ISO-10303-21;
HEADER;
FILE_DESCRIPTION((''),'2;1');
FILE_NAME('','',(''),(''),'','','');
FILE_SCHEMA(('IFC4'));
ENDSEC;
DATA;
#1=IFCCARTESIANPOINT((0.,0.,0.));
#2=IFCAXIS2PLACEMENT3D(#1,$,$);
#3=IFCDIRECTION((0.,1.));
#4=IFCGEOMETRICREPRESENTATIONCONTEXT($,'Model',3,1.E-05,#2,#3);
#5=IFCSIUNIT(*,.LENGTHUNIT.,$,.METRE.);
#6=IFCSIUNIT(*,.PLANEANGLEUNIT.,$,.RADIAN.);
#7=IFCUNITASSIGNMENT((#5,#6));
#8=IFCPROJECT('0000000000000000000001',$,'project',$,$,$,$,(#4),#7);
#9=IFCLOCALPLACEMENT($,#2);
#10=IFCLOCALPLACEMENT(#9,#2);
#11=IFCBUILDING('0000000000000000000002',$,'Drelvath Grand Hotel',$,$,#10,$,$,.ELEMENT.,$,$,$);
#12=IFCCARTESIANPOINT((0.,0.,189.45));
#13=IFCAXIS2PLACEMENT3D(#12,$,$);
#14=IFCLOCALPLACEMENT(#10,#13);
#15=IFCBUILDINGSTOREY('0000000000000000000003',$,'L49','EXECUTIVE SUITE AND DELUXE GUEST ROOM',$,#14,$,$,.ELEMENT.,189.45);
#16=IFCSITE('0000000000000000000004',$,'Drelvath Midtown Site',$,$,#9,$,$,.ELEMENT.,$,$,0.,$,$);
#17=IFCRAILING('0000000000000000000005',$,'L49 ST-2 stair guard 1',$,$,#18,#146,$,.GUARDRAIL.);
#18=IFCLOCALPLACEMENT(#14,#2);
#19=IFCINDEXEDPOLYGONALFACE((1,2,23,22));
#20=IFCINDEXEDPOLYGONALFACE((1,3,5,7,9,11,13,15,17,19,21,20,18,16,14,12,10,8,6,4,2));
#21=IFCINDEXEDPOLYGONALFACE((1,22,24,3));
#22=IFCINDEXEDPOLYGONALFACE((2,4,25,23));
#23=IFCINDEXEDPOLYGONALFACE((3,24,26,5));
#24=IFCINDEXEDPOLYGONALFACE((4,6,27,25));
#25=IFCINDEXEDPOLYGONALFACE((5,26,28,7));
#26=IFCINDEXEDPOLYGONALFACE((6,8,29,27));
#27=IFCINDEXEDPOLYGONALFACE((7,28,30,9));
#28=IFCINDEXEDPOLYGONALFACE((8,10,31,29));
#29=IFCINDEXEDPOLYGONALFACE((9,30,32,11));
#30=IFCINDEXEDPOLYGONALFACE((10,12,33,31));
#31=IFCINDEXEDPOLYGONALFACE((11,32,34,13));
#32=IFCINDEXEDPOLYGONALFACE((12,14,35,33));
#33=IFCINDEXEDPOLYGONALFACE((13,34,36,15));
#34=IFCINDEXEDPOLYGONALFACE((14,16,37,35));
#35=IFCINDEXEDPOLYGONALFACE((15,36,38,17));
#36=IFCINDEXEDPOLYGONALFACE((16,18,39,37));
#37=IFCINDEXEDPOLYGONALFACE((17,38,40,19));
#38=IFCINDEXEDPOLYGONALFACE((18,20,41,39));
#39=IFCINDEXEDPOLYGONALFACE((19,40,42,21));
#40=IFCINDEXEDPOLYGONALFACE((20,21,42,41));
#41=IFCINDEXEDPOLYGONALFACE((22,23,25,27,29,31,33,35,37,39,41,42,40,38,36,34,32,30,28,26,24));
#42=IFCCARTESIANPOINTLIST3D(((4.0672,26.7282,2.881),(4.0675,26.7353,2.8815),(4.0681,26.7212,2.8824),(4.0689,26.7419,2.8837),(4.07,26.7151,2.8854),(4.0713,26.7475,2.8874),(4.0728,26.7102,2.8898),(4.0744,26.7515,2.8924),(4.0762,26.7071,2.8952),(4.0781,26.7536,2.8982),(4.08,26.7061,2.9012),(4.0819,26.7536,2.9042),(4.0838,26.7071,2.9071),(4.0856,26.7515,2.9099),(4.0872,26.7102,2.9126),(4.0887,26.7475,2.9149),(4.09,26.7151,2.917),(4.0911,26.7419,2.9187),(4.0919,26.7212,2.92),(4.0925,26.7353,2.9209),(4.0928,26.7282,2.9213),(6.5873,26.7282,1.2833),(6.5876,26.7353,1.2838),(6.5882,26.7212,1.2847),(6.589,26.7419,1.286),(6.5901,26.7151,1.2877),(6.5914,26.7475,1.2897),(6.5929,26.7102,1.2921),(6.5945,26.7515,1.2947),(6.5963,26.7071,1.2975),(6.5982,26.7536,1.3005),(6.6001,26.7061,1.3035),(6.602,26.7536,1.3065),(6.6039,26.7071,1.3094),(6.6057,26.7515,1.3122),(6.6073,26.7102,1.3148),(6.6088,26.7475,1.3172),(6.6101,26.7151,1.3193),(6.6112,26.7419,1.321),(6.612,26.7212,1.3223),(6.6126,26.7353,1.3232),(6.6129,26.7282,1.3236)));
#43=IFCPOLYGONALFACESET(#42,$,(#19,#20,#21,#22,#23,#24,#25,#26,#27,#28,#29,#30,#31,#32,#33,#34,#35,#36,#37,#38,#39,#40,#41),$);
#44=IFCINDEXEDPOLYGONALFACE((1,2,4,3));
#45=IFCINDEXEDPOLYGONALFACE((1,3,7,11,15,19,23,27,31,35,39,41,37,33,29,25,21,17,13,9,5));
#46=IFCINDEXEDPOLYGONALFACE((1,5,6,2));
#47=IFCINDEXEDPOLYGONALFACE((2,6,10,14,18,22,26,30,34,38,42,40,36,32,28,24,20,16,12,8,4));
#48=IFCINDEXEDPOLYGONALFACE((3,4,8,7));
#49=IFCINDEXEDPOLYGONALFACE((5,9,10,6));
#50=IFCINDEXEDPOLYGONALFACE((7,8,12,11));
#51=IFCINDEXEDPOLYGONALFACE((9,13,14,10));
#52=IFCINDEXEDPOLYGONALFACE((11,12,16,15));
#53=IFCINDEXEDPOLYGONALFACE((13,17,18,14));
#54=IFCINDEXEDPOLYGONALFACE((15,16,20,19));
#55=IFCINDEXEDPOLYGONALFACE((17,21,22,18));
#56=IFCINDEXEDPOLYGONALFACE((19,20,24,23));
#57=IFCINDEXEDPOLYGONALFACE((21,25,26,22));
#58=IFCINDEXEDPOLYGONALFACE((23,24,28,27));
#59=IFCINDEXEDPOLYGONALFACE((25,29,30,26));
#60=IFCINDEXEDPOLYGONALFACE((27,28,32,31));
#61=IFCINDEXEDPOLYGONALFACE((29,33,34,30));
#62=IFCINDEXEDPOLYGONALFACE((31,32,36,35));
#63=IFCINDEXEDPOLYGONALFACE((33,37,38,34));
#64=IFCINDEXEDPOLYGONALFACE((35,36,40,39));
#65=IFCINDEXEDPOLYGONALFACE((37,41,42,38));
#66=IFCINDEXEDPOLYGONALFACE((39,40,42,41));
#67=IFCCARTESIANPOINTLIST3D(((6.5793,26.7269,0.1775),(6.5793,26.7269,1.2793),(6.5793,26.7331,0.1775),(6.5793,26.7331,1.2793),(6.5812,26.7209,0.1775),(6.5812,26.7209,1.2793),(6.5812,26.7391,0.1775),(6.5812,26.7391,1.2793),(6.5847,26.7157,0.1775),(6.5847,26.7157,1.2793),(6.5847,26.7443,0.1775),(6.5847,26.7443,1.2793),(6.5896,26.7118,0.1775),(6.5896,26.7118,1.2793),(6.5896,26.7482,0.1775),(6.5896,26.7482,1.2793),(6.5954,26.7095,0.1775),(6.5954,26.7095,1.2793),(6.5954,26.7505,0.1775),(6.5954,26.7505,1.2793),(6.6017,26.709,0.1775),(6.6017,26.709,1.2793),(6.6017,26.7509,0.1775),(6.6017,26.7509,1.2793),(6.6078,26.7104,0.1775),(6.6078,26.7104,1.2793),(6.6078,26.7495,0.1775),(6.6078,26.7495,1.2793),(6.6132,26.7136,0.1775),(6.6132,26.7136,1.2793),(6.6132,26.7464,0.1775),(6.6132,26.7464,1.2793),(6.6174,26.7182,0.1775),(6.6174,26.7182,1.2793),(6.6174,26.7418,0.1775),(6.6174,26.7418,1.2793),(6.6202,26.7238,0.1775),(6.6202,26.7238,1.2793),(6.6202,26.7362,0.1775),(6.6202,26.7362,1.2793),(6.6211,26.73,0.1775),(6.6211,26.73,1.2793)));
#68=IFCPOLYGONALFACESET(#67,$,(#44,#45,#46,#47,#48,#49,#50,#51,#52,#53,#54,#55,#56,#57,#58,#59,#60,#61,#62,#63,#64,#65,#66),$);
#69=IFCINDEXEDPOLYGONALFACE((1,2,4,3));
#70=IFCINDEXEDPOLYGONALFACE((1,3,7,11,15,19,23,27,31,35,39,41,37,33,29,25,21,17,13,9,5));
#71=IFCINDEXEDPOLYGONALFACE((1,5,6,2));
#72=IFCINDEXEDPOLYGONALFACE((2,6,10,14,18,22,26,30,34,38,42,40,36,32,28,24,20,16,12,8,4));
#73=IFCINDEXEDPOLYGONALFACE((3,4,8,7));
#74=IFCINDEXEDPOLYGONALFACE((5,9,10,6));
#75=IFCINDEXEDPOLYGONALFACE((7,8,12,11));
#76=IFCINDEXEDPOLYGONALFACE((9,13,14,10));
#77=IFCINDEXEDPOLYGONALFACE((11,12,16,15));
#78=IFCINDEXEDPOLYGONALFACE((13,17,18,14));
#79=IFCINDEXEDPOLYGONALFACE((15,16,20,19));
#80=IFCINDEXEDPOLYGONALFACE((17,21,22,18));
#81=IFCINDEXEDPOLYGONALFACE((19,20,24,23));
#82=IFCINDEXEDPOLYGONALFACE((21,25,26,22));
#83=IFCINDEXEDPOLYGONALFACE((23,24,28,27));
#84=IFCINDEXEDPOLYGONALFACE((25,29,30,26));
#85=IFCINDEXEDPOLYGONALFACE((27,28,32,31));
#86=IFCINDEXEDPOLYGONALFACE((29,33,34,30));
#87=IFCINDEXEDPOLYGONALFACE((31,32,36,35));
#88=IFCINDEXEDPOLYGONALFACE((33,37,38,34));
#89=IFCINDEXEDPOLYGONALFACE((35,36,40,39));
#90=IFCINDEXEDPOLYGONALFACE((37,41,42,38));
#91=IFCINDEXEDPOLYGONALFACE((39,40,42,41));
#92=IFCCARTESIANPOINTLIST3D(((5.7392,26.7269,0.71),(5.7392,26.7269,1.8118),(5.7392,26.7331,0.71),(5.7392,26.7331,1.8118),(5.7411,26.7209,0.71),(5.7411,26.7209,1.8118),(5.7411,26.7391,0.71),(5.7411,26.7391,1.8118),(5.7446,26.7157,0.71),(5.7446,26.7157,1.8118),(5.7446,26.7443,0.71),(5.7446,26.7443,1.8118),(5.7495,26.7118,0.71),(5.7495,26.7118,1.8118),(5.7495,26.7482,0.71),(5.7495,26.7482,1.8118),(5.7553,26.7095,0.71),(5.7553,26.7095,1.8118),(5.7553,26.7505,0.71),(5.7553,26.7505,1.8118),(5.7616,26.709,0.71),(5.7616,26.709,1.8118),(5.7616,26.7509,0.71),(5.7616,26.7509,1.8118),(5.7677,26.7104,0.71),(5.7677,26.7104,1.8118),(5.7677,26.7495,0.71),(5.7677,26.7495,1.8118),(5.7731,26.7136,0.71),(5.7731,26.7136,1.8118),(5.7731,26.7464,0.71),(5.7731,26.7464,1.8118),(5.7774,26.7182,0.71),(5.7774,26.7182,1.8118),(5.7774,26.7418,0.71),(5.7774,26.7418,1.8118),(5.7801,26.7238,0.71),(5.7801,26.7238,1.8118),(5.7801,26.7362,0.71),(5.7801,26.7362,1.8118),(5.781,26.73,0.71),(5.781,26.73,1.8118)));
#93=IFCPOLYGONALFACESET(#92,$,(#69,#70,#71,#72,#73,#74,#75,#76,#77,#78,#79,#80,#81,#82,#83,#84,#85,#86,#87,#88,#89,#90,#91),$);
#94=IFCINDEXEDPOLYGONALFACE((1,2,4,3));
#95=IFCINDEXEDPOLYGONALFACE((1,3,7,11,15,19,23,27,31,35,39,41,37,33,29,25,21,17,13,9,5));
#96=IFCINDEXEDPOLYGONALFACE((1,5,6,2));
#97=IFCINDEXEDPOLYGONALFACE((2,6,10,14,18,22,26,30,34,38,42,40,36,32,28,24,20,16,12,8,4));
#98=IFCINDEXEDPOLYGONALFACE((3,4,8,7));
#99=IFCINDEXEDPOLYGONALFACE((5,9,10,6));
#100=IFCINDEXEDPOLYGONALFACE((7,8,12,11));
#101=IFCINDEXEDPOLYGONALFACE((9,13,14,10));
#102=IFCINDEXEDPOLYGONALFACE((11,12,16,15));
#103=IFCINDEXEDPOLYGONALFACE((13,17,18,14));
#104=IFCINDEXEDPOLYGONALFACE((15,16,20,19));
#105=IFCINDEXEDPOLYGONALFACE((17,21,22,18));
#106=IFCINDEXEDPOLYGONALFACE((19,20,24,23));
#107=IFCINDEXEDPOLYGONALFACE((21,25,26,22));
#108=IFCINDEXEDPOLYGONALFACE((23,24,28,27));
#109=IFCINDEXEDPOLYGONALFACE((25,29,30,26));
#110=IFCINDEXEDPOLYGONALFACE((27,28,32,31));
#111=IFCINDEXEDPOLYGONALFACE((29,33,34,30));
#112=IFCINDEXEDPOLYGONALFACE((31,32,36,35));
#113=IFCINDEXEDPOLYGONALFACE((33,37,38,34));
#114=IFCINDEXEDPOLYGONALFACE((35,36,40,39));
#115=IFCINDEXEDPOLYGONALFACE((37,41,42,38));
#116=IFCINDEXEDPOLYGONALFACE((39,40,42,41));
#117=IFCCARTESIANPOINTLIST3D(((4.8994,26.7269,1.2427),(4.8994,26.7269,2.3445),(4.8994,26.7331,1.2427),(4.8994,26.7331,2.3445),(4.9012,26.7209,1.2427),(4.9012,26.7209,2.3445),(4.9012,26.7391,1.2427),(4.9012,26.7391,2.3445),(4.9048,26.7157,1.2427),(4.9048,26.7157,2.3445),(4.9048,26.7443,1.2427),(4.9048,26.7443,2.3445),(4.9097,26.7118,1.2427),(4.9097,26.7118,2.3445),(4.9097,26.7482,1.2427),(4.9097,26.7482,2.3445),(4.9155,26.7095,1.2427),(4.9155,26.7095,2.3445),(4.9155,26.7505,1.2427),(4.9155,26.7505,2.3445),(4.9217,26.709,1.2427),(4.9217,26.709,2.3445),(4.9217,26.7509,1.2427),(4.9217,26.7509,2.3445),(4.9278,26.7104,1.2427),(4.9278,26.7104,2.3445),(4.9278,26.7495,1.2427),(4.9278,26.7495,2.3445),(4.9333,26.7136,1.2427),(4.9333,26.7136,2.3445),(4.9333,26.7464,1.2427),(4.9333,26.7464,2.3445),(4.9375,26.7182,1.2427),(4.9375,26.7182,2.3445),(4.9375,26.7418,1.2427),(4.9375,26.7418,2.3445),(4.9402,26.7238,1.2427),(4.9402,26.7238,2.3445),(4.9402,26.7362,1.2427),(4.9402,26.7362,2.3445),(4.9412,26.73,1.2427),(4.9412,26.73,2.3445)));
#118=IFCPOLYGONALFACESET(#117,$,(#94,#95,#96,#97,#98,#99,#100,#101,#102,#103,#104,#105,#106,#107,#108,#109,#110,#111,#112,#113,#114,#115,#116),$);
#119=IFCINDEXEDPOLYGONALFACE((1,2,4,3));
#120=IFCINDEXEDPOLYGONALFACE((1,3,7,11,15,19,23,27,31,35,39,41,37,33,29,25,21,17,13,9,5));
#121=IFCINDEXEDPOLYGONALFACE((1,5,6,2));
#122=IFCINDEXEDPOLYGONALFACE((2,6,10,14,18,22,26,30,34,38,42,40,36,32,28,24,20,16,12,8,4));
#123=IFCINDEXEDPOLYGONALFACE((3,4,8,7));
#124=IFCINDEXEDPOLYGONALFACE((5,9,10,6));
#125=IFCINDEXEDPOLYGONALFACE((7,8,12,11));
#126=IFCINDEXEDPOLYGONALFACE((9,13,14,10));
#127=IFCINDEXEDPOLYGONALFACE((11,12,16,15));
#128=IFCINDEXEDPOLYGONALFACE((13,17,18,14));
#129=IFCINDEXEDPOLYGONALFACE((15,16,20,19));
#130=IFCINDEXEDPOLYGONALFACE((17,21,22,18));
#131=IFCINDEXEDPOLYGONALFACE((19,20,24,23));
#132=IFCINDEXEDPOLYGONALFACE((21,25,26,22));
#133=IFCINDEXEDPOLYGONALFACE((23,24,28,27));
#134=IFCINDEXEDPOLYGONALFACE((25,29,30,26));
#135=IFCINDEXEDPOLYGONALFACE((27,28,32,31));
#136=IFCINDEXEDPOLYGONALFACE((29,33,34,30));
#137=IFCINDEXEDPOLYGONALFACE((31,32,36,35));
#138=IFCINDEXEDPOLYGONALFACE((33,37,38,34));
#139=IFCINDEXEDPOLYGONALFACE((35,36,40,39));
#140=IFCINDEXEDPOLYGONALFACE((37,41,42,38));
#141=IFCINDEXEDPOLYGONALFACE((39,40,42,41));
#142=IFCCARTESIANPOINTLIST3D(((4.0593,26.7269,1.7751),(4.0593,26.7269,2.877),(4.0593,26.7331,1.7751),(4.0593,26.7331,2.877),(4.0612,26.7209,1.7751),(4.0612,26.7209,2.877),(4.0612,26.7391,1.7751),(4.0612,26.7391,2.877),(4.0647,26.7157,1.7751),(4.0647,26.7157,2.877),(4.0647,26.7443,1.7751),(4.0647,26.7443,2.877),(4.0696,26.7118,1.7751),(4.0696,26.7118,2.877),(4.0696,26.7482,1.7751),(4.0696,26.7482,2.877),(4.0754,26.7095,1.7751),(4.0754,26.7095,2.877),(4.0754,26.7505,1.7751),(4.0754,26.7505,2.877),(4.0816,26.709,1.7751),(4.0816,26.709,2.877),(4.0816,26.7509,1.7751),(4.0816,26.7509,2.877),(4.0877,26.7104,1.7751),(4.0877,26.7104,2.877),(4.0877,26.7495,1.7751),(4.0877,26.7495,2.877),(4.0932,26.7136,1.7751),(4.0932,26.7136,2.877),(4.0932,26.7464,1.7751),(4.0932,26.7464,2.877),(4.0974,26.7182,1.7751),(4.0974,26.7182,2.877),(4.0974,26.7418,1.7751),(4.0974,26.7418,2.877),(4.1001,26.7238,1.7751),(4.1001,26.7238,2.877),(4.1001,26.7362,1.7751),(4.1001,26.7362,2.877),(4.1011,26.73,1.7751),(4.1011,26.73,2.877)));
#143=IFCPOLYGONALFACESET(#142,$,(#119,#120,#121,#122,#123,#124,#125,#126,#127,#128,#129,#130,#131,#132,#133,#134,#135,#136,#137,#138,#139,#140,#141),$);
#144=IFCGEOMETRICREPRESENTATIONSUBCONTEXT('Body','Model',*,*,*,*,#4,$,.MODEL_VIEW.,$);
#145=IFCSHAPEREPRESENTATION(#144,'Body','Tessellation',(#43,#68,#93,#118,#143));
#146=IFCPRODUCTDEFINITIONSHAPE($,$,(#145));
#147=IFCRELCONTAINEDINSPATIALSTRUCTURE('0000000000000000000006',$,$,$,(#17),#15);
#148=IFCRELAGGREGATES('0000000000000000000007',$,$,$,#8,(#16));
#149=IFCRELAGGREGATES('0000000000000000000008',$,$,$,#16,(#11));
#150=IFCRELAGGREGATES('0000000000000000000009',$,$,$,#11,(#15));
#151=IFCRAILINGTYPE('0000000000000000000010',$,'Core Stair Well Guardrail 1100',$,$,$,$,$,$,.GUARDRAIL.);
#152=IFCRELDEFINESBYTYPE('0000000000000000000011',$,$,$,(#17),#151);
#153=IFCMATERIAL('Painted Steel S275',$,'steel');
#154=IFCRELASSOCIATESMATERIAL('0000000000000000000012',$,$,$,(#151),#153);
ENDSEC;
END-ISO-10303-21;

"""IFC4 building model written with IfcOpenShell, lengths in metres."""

from ifc_helpers import new_model, si_unit, direction, frame, origin, origin_2d, place, context, subcontext, project, spatial, circle, extrude, material, type_object, element, save


model = new_model("IFC4")

# Units and contexts
model_context = context("Model", 3, precision=1e-05, world=origin(), true_north=direction((0.0, 1.0)))
body_context = subcontext(model_context, "Body", "Model", "MODEL_VIEW")
ifc_project = project(units=[si_unit("LENGTHUNIT", "METRE"), si_unit("PLANEANGLEUNIT", "RADIAN")], contexts=[model_context])

# Site, building, storey
site_placement = place(None, origin())
site = spatial("IfcSite", under=ifc_project, at=site_placement, Name="Drelvath Midtown Site", CompositionType="ELEMENT", RefElevation=0.0)
building_placement = place(site_placement, origin())
building = spatial("IfcBuilding", under=site, at=building_placement, Name="Drelvath Grand Hotel", CompositionType="ELEMENT")
storey_placement = place(building_placement, frame((0.0, 0.0, 189.45)))
storey = spatial("IfcBuildingStorey", under=building, at=storey_placement, Name="L49", Description="EXECUTIVE SUITE AND DELUXE GUEST ROOM", CompositionType="ELEMENT", Elevation=189.45)

# Railing
ifc_material_1 = material(Name="Painted Steel S275", Category="steel")
railing_type_1 = type_object("IfcRailingType", Name="Core Stair Well Guardrail 1100", PredefinedType="GUARDRAIL", material=ifc_material_1)
railing_1_placement = place(storey_placement, frame((6.6001, 26.73, 0.1775)))
element("IfcRailing", 1, at=railing_1_placement, inside=storey, type_object=railing_type_1, Name="L49 ST-2 stair guard 1", PredefinedType="GUARDRAIL", context=body_context, shape_type="SweptSolid", body=[
    extrude(circle(Radius=0.0239, at=origin_2d()), frame((0.0, 0.0, 1.126), z_axis=(-0.84457, 0.0, 0.535445), x_axis=(0.0, -1.0, 0.0)), (0.0, 0.0, 1.0), 2.9839),
    extrude(circle(Radius=0.021, at=origin_2d()), origin(), (0.0, 0.0, 1.0), 1.1018),
    extrude(circle(Radius=0.021, at=origin_2d()), frame((-0.8401, 0.0, 0.5325)), (0.0, 0.0, 1.0), 1.1018),
    extrude(circle(Radius=0.021, at=origin_2d()), frame((-1.6799, 0.0, 1.0652)), (0.0, 0.0, 1.0), 1.1018),
    extrude(circle(Radius=0.021, at=origin_2d()), frame((-2.52, 0.0, 1.5977)), (0.0, 0.0, 1.0), 1.1018),
])

save(model, "model.ifc")
